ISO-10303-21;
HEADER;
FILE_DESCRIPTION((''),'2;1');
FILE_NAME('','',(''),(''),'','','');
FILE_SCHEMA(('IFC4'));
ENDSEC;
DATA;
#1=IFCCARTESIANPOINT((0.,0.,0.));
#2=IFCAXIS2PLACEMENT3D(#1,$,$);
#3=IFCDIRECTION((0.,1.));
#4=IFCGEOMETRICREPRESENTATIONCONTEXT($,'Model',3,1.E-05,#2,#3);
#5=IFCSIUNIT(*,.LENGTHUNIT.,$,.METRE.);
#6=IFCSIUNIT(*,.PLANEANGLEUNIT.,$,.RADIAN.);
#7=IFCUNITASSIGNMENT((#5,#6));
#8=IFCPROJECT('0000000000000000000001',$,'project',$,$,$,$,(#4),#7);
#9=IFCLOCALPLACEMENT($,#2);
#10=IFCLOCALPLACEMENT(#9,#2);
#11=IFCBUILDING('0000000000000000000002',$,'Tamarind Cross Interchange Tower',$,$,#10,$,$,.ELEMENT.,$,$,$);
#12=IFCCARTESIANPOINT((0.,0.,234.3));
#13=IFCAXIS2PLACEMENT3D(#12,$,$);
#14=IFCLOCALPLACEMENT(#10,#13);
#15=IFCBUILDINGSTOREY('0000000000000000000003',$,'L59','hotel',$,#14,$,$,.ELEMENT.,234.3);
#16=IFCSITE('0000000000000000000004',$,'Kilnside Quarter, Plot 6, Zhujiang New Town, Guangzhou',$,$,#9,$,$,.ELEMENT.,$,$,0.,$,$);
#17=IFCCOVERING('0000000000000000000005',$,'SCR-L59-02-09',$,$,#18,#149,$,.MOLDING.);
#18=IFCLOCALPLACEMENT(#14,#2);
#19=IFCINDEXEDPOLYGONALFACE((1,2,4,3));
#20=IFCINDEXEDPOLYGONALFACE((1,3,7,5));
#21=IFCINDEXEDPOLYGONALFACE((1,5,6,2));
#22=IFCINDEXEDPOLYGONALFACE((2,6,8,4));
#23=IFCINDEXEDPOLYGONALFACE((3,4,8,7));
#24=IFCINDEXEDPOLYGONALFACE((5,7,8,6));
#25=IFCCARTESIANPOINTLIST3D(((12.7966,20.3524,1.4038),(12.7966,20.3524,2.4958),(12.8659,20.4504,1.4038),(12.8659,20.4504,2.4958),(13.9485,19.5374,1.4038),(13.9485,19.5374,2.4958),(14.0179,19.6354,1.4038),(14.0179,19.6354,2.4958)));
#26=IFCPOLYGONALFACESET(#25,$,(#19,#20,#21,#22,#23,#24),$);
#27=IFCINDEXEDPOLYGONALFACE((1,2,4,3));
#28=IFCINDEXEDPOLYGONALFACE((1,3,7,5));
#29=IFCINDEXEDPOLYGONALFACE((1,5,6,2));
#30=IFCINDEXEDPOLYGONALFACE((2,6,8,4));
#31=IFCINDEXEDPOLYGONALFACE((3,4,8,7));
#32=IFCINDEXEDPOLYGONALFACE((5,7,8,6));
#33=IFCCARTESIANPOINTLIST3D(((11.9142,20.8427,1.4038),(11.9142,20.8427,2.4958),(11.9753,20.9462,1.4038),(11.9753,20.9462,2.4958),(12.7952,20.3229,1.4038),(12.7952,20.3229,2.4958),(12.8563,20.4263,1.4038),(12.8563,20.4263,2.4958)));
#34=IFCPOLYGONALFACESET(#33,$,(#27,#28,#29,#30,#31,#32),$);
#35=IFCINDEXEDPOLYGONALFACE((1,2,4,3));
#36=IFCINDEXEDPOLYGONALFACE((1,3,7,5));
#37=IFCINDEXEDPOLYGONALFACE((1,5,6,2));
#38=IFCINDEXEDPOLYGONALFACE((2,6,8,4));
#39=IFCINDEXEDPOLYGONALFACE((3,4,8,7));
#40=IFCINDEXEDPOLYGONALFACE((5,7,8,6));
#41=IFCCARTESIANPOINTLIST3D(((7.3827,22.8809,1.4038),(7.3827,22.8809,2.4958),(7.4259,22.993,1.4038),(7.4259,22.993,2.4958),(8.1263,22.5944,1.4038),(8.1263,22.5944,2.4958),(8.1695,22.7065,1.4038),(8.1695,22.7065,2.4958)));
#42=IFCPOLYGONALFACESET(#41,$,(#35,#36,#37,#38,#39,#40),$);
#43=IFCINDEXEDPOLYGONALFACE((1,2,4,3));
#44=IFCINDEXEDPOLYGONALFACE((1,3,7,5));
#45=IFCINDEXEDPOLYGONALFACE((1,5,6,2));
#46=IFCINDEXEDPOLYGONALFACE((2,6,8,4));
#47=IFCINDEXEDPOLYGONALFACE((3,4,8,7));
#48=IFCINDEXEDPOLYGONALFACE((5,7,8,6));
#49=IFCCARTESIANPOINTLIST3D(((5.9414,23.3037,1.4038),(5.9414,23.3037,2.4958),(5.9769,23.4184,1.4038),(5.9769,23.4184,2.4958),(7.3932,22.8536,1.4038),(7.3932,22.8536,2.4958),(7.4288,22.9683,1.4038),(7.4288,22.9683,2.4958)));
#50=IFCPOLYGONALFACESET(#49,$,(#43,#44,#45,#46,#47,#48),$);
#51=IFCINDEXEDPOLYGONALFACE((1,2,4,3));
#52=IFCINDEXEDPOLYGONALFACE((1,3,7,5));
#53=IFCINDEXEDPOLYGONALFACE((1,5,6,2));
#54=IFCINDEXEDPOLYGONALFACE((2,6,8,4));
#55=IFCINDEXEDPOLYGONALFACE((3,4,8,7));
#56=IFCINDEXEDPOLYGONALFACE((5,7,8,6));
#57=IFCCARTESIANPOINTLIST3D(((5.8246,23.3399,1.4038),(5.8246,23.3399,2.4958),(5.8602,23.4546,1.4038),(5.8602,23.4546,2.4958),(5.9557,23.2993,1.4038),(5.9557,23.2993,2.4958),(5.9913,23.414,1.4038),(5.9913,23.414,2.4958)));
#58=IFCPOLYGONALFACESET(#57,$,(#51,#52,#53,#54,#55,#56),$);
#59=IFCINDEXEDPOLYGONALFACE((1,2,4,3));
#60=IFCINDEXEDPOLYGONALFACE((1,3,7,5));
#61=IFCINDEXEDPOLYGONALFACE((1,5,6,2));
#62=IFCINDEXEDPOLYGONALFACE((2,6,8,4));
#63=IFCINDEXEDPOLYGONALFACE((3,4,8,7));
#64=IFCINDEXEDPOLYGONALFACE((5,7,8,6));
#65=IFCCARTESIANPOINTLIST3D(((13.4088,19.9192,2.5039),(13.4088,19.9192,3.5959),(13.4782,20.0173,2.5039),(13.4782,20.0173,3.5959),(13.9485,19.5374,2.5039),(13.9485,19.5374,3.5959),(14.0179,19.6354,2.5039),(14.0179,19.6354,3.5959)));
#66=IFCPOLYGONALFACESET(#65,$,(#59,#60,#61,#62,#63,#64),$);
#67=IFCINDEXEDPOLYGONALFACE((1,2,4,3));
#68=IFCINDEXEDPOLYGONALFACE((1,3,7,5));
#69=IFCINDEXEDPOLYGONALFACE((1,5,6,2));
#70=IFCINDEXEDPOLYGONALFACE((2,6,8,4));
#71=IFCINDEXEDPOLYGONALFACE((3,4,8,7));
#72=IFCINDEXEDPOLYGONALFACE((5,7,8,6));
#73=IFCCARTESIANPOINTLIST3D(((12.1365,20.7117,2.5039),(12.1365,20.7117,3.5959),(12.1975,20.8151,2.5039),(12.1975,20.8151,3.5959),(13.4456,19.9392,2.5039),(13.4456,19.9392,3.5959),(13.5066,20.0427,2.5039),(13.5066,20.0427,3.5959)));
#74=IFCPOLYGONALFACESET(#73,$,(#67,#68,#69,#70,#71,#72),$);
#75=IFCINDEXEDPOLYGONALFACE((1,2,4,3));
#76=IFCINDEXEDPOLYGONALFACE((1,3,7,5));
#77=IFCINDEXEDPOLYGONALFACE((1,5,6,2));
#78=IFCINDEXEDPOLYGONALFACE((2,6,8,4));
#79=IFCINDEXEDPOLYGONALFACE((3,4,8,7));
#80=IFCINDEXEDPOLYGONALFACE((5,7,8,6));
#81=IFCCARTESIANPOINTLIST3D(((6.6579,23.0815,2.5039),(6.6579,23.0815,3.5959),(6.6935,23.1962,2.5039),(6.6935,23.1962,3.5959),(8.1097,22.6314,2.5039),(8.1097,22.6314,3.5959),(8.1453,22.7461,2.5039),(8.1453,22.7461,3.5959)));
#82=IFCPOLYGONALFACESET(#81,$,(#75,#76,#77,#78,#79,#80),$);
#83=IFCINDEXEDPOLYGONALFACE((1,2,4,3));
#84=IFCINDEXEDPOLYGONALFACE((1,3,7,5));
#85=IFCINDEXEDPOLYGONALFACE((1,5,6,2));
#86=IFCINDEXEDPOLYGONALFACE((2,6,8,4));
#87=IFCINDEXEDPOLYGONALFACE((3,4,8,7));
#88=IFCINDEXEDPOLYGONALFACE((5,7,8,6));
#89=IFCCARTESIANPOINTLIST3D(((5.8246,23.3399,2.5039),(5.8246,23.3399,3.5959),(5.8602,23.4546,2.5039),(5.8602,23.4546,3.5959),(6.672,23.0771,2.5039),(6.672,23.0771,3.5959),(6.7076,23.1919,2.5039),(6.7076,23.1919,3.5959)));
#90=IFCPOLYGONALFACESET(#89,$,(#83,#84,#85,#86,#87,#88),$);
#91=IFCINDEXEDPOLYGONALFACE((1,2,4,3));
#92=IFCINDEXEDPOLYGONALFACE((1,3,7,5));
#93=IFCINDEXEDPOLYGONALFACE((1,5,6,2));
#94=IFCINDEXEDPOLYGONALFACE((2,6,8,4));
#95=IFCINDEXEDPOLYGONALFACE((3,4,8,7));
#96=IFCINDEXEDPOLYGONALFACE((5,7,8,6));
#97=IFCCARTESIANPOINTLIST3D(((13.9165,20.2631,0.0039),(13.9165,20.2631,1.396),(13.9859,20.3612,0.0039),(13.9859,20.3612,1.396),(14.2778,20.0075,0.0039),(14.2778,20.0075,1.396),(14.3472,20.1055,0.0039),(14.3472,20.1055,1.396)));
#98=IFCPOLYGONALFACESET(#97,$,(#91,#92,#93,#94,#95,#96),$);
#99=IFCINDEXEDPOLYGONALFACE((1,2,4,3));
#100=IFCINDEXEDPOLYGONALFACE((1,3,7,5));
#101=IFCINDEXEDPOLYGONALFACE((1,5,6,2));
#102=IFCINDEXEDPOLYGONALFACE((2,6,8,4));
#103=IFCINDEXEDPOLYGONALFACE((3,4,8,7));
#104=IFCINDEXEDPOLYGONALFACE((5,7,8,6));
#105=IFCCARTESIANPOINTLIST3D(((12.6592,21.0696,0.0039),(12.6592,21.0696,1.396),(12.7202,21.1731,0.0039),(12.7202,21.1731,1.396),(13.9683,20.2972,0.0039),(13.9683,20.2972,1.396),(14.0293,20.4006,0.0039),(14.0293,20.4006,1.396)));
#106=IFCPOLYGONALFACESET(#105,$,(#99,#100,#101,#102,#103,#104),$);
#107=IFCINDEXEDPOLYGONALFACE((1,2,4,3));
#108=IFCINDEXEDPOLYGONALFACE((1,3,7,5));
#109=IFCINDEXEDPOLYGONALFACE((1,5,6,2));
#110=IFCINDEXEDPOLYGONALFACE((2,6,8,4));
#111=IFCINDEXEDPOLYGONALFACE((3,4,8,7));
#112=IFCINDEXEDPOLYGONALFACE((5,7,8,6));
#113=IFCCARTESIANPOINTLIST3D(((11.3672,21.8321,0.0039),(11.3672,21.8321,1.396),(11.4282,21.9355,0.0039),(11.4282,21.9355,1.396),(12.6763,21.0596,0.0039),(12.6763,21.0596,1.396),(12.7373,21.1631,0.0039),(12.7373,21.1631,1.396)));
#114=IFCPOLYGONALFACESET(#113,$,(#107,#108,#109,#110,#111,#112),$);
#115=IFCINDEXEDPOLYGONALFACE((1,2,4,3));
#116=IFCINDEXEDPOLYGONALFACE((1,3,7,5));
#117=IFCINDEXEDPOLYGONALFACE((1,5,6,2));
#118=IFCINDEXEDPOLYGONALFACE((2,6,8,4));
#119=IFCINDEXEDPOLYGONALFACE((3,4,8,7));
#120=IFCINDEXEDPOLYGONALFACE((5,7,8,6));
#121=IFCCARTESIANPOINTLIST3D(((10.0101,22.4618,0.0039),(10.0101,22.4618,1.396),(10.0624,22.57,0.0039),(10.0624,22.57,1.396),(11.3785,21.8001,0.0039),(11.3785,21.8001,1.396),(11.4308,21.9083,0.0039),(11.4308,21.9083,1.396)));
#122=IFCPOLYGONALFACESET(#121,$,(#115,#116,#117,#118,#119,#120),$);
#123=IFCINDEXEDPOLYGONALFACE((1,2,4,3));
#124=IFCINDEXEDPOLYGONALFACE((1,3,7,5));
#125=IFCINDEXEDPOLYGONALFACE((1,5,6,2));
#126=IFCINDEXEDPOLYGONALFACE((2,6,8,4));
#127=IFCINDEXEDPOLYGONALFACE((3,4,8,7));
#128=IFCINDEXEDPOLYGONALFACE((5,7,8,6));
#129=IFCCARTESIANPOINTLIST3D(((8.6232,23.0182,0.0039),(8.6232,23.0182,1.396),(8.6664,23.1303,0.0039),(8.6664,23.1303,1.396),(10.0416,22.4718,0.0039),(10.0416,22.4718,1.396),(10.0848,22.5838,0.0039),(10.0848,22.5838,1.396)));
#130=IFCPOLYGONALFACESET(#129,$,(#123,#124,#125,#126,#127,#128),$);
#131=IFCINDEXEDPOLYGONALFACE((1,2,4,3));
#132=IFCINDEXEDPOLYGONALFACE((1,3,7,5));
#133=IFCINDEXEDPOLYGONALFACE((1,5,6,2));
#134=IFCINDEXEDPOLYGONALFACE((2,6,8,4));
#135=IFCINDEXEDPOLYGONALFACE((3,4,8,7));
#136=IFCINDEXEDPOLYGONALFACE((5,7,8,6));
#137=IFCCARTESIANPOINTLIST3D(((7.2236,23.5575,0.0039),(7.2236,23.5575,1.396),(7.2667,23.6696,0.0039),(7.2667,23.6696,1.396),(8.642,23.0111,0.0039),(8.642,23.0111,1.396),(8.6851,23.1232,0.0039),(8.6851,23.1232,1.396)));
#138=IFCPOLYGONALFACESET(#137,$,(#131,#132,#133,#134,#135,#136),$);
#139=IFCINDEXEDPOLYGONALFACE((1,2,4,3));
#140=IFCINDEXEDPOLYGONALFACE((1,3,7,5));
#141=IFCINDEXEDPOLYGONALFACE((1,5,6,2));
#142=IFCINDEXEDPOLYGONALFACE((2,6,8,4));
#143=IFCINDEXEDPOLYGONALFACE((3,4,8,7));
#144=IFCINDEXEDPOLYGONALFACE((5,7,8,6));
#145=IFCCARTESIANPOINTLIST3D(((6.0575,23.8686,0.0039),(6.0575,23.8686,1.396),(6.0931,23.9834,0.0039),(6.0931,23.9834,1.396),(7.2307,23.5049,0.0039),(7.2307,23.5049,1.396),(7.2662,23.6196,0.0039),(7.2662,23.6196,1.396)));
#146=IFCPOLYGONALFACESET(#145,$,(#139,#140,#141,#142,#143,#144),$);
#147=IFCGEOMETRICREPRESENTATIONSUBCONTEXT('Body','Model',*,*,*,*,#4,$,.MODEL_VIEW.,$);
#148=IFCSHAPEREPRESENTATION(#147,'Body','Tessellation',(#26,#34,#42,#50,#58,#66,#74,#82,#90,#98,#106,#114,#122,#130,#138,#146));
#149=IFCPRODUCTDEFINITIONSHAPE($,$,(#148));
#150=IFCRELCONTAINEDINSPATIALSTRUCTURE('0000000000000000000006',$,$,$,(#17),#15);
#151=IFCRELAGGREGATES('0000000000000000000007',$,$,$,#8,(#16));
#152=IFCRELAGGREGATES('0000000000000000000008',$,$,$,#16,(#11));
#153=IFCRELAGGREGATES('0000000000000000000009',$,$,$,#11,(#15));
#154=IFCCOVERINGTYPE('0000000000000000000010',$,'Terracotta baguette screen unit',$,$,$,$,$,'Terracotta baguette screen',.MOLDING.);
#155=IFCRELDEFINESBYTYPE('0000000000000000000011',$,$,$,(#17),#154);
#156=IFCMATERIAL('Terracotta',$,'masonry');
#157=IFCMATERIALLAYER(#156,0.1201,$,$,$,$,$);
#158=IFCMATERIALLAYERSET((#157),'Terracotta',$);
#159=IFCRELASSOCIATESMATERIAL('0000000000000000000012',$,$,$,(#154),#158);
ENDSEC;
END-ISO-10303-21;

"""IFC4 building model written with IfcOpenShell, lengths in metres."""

from ifc_helpers import new_model, si_unit, direction, frame, origin, origin_2d, place, context, subcontext, project, spatial, rectangle, extrude, material, layer, layer_set, type_object, element, save


model = new_model("IFC4")

# Units and contexts
model_context = context("Model", 3, precision=1e-05, world=origin(), true_north=direction((0.0, 1.0)))
body_context = subcontext(model_context, "Body", "Model", "MODEL_VIEW")
ifc_project = project(units=[si_unit("LENGTHUNIT", "METRE"), si_unit("PLANEANGLEUNIT", "RADIAN")], contexts=[model_context])

# Site, building, storey
site_placement = place(None, origin())
site = spatial("IfcSite", under=ifc_project, at=site_placement, Name="Kilnside Quarter, Plot 6, Zhujiang New Town, Guangzhou", CompositionType="ELEMENT", RefElevation=0.0)
building_placement = place(site_placement, origin())
building = spatial("IfcBuilding", under=site, at=building_placement, Name="Tamarind Cross Interchange Tower", CompositionType="ELEMENT")
storey_placement = place(building_placement, frame((0.0, 0.0, 234.3)))
storey = spatial("IfcBuildingStorey", under=building, at=storey_placement, Name="L59", Description="hotel", CompositionType="ELEMENT", Elevation=234.3)

# Covering
ifc_material_1 = material(Name="Terracotta", Category="masonry")
ifc_layer_1 = layer(ifc_material_1, 0.1201)
ifc_layer_set_1 = layer_set([ifc_layer_1], Name="Terracotta")
covering_type = type_object("IfcCoveringType", Name="Terracotta baguette screen unit", ElementType="Terracotta baguette screen", PredefinedType="MOLDING", material=ifc_layer_set_1)
covering_1_placement = place(storey_placement, origin())
element("IfcCovering", 1, at=covering_1_placement, inside=storey, type_object=covering_type, Name="SCR-L59-02-09", PredefinedType="MOLDING", context=body_context, shape_type="SweptSolid", body=[
    extrude(rectangle(XDim=1.4111, YDim=0.1201, at=origin_2d()), frame((13.4072, 19.9939, 1.4038), z_axis=(0.0, 0.0, 1.0), x_axis=(-0.816342, 0.577569, 0.0)), (0.0, 0.0, 1.0), 1.092),
    extrude(rectangle(XDim=1.0229, YDim=0.1201, at=origin_2d()), frame((12.3853, 20.6345, 1.4038), z_axis=(0.0, 0.0, 1.0), x_axis=(-0.861249, 0.508183, 0.0)), (0.0, 0.0, 1.0), 1.092),
    extrude(rectangle(XDim=0.7969, YDim=0.1201, at=origin_2d()), frame((7.7761, 22.7937, 1.4038), z_axis=(0.0, 0.0, 1.0), x_axis=(-0.933147, 0.359495, 0.0)), (0.0, 0.0, 1.0), 1.092),
    extrude(rectangle(XDim=1.52, YDim=0.1201, at=origin_2d()), frame((6.6851, 23.136, 1.4038), z_axis=(0.0, 0.0, 1.0), x_axis=(-0.955148, 0.296129, 0.0)), (0.0, 0.0, 1.0), 1.092),
    extrude(rectangle(XDim=0.1372, YDim=0.1201, at=origin_2d()), frame((5.908, 23.377, 1.4038), z_axis=(0.0, 0.0, 1.0), x_axis=(-0.955148, 0.296129, 0.0)), (0.0, 0.0, 1.0), 1.092),
    extrude(rectangle(XDim=0.6611, YDim=0.1201, at=origin_2d()), frame((13.7134, 19.7773, 2.5039), z_axis=(0.0, 0.0, 1.0), x_axis=(-0.816342, 0.577569, 0.0)), (0.0, 0.0, 1.0), 1.092),
    extrude(rectangle(XDim=1.52, YDim=0.1201, at=origin_2d()), frame((12.8215, 20.3772, 2.5039), z_axis=(0.0, 0.0, 1.0), x_axis=(-0.861249, 0.508183, 0.0)), (0.0, 0.0, 1.0), 1.092),
    extrude(rectangle(XDim=1.52, YDim=0.1201, at=origin_2d()), frame((7.4016, 22.9138, 2.5039), z_axis=(0.0, 0.0, 1.0), x_axis=(-0.955148, 0.296129, 0.0)), (0.0, 0.0, 1.0), 1.092),
    extrude(rectangle(XDim=0.8872, YDim=0.1201, at=origin_2d()), frame((6.2661, 23.2659, 2.5039), z_axis=(0.0, 0.0, 1.0), x_axis=(-0.955148, 0.296129, 0.0)), (0.0, 0.0, 1.0), 1.092),
    extrude(rectangle(XDim=0.4426, YDim=0.1201, at=origin_2d()), frame((14.1318, 20.1843, 0.0039), z_axis=(0.0, 0.0, 1.0), x_axis=(-0.816342, 0.577569, 0.0)), (0.0, 0.0, 1.0), 1.3921),
    extrude(rectangle(XDim=1.52, YDim=0.1201, at=origin_2d()), frame((13.3442, 20.7351, 0.0039), z_axis=(0.0, 0.0, 1.0), x_axis=(-0.861249, 0.508183, 0.0)), (0.0, 0.0, 1.0), 1.3921),
    extrude(rectangle(XDim=1.52, YDim=0.1201, at=origin_2d()), frame((12.0522, 21.4976, 0.0039), z_axis=(0.0, 0.0, 1.0), x_axis=(-0.861249, 0.508183, 0.0)), (0.0, 0.0, 1.0), 1.3921),
    extrude(rectangle(XDim=1.52, YDim=0.1201, at=origin_2d()), frame((10.7205, 22.1851, 0.0039), z_axis=(0.0, 0.0, 1.0), x_axis=(-0.900273, 0.435326, 0.0)), (0.0, 0.0, 1.0), 1.3921),
    extrude(rectangle(XDim=1.52, YDim=0.1201, at=origin_2d()), frame((9.354, 22.801, 0.0039), z_axis=(0.0, 0.0, 1.0), x_axis=(-0.933147, 0.359495, 0.0)), (0.0, 0.0, 1.0), 1.3921),
    extrude(rectangle(XDim=1.52, YDim=0.1201, at=origin_2d()), frame((7.9543, 23.3403, 0.0039), z_axis=(0.0, 0.0, 1.0), x_axis=(-0.933147, 0.359495, 0.0)), (0.0, 0.0, 1.0), 1.3921),
    extrude(rectangle(XDim=1.2283, YDim=0.1201, at=origin_2d()), frame((6.6619, 23.7441, 0.0039), z_axis=(0.0, 0.0, 1.0), x_axis=(-0.955148, 0.296129, 0.0)), (0.0, 0.0, 1.0), 1.3921),
])

save(model, "model.ifc")
